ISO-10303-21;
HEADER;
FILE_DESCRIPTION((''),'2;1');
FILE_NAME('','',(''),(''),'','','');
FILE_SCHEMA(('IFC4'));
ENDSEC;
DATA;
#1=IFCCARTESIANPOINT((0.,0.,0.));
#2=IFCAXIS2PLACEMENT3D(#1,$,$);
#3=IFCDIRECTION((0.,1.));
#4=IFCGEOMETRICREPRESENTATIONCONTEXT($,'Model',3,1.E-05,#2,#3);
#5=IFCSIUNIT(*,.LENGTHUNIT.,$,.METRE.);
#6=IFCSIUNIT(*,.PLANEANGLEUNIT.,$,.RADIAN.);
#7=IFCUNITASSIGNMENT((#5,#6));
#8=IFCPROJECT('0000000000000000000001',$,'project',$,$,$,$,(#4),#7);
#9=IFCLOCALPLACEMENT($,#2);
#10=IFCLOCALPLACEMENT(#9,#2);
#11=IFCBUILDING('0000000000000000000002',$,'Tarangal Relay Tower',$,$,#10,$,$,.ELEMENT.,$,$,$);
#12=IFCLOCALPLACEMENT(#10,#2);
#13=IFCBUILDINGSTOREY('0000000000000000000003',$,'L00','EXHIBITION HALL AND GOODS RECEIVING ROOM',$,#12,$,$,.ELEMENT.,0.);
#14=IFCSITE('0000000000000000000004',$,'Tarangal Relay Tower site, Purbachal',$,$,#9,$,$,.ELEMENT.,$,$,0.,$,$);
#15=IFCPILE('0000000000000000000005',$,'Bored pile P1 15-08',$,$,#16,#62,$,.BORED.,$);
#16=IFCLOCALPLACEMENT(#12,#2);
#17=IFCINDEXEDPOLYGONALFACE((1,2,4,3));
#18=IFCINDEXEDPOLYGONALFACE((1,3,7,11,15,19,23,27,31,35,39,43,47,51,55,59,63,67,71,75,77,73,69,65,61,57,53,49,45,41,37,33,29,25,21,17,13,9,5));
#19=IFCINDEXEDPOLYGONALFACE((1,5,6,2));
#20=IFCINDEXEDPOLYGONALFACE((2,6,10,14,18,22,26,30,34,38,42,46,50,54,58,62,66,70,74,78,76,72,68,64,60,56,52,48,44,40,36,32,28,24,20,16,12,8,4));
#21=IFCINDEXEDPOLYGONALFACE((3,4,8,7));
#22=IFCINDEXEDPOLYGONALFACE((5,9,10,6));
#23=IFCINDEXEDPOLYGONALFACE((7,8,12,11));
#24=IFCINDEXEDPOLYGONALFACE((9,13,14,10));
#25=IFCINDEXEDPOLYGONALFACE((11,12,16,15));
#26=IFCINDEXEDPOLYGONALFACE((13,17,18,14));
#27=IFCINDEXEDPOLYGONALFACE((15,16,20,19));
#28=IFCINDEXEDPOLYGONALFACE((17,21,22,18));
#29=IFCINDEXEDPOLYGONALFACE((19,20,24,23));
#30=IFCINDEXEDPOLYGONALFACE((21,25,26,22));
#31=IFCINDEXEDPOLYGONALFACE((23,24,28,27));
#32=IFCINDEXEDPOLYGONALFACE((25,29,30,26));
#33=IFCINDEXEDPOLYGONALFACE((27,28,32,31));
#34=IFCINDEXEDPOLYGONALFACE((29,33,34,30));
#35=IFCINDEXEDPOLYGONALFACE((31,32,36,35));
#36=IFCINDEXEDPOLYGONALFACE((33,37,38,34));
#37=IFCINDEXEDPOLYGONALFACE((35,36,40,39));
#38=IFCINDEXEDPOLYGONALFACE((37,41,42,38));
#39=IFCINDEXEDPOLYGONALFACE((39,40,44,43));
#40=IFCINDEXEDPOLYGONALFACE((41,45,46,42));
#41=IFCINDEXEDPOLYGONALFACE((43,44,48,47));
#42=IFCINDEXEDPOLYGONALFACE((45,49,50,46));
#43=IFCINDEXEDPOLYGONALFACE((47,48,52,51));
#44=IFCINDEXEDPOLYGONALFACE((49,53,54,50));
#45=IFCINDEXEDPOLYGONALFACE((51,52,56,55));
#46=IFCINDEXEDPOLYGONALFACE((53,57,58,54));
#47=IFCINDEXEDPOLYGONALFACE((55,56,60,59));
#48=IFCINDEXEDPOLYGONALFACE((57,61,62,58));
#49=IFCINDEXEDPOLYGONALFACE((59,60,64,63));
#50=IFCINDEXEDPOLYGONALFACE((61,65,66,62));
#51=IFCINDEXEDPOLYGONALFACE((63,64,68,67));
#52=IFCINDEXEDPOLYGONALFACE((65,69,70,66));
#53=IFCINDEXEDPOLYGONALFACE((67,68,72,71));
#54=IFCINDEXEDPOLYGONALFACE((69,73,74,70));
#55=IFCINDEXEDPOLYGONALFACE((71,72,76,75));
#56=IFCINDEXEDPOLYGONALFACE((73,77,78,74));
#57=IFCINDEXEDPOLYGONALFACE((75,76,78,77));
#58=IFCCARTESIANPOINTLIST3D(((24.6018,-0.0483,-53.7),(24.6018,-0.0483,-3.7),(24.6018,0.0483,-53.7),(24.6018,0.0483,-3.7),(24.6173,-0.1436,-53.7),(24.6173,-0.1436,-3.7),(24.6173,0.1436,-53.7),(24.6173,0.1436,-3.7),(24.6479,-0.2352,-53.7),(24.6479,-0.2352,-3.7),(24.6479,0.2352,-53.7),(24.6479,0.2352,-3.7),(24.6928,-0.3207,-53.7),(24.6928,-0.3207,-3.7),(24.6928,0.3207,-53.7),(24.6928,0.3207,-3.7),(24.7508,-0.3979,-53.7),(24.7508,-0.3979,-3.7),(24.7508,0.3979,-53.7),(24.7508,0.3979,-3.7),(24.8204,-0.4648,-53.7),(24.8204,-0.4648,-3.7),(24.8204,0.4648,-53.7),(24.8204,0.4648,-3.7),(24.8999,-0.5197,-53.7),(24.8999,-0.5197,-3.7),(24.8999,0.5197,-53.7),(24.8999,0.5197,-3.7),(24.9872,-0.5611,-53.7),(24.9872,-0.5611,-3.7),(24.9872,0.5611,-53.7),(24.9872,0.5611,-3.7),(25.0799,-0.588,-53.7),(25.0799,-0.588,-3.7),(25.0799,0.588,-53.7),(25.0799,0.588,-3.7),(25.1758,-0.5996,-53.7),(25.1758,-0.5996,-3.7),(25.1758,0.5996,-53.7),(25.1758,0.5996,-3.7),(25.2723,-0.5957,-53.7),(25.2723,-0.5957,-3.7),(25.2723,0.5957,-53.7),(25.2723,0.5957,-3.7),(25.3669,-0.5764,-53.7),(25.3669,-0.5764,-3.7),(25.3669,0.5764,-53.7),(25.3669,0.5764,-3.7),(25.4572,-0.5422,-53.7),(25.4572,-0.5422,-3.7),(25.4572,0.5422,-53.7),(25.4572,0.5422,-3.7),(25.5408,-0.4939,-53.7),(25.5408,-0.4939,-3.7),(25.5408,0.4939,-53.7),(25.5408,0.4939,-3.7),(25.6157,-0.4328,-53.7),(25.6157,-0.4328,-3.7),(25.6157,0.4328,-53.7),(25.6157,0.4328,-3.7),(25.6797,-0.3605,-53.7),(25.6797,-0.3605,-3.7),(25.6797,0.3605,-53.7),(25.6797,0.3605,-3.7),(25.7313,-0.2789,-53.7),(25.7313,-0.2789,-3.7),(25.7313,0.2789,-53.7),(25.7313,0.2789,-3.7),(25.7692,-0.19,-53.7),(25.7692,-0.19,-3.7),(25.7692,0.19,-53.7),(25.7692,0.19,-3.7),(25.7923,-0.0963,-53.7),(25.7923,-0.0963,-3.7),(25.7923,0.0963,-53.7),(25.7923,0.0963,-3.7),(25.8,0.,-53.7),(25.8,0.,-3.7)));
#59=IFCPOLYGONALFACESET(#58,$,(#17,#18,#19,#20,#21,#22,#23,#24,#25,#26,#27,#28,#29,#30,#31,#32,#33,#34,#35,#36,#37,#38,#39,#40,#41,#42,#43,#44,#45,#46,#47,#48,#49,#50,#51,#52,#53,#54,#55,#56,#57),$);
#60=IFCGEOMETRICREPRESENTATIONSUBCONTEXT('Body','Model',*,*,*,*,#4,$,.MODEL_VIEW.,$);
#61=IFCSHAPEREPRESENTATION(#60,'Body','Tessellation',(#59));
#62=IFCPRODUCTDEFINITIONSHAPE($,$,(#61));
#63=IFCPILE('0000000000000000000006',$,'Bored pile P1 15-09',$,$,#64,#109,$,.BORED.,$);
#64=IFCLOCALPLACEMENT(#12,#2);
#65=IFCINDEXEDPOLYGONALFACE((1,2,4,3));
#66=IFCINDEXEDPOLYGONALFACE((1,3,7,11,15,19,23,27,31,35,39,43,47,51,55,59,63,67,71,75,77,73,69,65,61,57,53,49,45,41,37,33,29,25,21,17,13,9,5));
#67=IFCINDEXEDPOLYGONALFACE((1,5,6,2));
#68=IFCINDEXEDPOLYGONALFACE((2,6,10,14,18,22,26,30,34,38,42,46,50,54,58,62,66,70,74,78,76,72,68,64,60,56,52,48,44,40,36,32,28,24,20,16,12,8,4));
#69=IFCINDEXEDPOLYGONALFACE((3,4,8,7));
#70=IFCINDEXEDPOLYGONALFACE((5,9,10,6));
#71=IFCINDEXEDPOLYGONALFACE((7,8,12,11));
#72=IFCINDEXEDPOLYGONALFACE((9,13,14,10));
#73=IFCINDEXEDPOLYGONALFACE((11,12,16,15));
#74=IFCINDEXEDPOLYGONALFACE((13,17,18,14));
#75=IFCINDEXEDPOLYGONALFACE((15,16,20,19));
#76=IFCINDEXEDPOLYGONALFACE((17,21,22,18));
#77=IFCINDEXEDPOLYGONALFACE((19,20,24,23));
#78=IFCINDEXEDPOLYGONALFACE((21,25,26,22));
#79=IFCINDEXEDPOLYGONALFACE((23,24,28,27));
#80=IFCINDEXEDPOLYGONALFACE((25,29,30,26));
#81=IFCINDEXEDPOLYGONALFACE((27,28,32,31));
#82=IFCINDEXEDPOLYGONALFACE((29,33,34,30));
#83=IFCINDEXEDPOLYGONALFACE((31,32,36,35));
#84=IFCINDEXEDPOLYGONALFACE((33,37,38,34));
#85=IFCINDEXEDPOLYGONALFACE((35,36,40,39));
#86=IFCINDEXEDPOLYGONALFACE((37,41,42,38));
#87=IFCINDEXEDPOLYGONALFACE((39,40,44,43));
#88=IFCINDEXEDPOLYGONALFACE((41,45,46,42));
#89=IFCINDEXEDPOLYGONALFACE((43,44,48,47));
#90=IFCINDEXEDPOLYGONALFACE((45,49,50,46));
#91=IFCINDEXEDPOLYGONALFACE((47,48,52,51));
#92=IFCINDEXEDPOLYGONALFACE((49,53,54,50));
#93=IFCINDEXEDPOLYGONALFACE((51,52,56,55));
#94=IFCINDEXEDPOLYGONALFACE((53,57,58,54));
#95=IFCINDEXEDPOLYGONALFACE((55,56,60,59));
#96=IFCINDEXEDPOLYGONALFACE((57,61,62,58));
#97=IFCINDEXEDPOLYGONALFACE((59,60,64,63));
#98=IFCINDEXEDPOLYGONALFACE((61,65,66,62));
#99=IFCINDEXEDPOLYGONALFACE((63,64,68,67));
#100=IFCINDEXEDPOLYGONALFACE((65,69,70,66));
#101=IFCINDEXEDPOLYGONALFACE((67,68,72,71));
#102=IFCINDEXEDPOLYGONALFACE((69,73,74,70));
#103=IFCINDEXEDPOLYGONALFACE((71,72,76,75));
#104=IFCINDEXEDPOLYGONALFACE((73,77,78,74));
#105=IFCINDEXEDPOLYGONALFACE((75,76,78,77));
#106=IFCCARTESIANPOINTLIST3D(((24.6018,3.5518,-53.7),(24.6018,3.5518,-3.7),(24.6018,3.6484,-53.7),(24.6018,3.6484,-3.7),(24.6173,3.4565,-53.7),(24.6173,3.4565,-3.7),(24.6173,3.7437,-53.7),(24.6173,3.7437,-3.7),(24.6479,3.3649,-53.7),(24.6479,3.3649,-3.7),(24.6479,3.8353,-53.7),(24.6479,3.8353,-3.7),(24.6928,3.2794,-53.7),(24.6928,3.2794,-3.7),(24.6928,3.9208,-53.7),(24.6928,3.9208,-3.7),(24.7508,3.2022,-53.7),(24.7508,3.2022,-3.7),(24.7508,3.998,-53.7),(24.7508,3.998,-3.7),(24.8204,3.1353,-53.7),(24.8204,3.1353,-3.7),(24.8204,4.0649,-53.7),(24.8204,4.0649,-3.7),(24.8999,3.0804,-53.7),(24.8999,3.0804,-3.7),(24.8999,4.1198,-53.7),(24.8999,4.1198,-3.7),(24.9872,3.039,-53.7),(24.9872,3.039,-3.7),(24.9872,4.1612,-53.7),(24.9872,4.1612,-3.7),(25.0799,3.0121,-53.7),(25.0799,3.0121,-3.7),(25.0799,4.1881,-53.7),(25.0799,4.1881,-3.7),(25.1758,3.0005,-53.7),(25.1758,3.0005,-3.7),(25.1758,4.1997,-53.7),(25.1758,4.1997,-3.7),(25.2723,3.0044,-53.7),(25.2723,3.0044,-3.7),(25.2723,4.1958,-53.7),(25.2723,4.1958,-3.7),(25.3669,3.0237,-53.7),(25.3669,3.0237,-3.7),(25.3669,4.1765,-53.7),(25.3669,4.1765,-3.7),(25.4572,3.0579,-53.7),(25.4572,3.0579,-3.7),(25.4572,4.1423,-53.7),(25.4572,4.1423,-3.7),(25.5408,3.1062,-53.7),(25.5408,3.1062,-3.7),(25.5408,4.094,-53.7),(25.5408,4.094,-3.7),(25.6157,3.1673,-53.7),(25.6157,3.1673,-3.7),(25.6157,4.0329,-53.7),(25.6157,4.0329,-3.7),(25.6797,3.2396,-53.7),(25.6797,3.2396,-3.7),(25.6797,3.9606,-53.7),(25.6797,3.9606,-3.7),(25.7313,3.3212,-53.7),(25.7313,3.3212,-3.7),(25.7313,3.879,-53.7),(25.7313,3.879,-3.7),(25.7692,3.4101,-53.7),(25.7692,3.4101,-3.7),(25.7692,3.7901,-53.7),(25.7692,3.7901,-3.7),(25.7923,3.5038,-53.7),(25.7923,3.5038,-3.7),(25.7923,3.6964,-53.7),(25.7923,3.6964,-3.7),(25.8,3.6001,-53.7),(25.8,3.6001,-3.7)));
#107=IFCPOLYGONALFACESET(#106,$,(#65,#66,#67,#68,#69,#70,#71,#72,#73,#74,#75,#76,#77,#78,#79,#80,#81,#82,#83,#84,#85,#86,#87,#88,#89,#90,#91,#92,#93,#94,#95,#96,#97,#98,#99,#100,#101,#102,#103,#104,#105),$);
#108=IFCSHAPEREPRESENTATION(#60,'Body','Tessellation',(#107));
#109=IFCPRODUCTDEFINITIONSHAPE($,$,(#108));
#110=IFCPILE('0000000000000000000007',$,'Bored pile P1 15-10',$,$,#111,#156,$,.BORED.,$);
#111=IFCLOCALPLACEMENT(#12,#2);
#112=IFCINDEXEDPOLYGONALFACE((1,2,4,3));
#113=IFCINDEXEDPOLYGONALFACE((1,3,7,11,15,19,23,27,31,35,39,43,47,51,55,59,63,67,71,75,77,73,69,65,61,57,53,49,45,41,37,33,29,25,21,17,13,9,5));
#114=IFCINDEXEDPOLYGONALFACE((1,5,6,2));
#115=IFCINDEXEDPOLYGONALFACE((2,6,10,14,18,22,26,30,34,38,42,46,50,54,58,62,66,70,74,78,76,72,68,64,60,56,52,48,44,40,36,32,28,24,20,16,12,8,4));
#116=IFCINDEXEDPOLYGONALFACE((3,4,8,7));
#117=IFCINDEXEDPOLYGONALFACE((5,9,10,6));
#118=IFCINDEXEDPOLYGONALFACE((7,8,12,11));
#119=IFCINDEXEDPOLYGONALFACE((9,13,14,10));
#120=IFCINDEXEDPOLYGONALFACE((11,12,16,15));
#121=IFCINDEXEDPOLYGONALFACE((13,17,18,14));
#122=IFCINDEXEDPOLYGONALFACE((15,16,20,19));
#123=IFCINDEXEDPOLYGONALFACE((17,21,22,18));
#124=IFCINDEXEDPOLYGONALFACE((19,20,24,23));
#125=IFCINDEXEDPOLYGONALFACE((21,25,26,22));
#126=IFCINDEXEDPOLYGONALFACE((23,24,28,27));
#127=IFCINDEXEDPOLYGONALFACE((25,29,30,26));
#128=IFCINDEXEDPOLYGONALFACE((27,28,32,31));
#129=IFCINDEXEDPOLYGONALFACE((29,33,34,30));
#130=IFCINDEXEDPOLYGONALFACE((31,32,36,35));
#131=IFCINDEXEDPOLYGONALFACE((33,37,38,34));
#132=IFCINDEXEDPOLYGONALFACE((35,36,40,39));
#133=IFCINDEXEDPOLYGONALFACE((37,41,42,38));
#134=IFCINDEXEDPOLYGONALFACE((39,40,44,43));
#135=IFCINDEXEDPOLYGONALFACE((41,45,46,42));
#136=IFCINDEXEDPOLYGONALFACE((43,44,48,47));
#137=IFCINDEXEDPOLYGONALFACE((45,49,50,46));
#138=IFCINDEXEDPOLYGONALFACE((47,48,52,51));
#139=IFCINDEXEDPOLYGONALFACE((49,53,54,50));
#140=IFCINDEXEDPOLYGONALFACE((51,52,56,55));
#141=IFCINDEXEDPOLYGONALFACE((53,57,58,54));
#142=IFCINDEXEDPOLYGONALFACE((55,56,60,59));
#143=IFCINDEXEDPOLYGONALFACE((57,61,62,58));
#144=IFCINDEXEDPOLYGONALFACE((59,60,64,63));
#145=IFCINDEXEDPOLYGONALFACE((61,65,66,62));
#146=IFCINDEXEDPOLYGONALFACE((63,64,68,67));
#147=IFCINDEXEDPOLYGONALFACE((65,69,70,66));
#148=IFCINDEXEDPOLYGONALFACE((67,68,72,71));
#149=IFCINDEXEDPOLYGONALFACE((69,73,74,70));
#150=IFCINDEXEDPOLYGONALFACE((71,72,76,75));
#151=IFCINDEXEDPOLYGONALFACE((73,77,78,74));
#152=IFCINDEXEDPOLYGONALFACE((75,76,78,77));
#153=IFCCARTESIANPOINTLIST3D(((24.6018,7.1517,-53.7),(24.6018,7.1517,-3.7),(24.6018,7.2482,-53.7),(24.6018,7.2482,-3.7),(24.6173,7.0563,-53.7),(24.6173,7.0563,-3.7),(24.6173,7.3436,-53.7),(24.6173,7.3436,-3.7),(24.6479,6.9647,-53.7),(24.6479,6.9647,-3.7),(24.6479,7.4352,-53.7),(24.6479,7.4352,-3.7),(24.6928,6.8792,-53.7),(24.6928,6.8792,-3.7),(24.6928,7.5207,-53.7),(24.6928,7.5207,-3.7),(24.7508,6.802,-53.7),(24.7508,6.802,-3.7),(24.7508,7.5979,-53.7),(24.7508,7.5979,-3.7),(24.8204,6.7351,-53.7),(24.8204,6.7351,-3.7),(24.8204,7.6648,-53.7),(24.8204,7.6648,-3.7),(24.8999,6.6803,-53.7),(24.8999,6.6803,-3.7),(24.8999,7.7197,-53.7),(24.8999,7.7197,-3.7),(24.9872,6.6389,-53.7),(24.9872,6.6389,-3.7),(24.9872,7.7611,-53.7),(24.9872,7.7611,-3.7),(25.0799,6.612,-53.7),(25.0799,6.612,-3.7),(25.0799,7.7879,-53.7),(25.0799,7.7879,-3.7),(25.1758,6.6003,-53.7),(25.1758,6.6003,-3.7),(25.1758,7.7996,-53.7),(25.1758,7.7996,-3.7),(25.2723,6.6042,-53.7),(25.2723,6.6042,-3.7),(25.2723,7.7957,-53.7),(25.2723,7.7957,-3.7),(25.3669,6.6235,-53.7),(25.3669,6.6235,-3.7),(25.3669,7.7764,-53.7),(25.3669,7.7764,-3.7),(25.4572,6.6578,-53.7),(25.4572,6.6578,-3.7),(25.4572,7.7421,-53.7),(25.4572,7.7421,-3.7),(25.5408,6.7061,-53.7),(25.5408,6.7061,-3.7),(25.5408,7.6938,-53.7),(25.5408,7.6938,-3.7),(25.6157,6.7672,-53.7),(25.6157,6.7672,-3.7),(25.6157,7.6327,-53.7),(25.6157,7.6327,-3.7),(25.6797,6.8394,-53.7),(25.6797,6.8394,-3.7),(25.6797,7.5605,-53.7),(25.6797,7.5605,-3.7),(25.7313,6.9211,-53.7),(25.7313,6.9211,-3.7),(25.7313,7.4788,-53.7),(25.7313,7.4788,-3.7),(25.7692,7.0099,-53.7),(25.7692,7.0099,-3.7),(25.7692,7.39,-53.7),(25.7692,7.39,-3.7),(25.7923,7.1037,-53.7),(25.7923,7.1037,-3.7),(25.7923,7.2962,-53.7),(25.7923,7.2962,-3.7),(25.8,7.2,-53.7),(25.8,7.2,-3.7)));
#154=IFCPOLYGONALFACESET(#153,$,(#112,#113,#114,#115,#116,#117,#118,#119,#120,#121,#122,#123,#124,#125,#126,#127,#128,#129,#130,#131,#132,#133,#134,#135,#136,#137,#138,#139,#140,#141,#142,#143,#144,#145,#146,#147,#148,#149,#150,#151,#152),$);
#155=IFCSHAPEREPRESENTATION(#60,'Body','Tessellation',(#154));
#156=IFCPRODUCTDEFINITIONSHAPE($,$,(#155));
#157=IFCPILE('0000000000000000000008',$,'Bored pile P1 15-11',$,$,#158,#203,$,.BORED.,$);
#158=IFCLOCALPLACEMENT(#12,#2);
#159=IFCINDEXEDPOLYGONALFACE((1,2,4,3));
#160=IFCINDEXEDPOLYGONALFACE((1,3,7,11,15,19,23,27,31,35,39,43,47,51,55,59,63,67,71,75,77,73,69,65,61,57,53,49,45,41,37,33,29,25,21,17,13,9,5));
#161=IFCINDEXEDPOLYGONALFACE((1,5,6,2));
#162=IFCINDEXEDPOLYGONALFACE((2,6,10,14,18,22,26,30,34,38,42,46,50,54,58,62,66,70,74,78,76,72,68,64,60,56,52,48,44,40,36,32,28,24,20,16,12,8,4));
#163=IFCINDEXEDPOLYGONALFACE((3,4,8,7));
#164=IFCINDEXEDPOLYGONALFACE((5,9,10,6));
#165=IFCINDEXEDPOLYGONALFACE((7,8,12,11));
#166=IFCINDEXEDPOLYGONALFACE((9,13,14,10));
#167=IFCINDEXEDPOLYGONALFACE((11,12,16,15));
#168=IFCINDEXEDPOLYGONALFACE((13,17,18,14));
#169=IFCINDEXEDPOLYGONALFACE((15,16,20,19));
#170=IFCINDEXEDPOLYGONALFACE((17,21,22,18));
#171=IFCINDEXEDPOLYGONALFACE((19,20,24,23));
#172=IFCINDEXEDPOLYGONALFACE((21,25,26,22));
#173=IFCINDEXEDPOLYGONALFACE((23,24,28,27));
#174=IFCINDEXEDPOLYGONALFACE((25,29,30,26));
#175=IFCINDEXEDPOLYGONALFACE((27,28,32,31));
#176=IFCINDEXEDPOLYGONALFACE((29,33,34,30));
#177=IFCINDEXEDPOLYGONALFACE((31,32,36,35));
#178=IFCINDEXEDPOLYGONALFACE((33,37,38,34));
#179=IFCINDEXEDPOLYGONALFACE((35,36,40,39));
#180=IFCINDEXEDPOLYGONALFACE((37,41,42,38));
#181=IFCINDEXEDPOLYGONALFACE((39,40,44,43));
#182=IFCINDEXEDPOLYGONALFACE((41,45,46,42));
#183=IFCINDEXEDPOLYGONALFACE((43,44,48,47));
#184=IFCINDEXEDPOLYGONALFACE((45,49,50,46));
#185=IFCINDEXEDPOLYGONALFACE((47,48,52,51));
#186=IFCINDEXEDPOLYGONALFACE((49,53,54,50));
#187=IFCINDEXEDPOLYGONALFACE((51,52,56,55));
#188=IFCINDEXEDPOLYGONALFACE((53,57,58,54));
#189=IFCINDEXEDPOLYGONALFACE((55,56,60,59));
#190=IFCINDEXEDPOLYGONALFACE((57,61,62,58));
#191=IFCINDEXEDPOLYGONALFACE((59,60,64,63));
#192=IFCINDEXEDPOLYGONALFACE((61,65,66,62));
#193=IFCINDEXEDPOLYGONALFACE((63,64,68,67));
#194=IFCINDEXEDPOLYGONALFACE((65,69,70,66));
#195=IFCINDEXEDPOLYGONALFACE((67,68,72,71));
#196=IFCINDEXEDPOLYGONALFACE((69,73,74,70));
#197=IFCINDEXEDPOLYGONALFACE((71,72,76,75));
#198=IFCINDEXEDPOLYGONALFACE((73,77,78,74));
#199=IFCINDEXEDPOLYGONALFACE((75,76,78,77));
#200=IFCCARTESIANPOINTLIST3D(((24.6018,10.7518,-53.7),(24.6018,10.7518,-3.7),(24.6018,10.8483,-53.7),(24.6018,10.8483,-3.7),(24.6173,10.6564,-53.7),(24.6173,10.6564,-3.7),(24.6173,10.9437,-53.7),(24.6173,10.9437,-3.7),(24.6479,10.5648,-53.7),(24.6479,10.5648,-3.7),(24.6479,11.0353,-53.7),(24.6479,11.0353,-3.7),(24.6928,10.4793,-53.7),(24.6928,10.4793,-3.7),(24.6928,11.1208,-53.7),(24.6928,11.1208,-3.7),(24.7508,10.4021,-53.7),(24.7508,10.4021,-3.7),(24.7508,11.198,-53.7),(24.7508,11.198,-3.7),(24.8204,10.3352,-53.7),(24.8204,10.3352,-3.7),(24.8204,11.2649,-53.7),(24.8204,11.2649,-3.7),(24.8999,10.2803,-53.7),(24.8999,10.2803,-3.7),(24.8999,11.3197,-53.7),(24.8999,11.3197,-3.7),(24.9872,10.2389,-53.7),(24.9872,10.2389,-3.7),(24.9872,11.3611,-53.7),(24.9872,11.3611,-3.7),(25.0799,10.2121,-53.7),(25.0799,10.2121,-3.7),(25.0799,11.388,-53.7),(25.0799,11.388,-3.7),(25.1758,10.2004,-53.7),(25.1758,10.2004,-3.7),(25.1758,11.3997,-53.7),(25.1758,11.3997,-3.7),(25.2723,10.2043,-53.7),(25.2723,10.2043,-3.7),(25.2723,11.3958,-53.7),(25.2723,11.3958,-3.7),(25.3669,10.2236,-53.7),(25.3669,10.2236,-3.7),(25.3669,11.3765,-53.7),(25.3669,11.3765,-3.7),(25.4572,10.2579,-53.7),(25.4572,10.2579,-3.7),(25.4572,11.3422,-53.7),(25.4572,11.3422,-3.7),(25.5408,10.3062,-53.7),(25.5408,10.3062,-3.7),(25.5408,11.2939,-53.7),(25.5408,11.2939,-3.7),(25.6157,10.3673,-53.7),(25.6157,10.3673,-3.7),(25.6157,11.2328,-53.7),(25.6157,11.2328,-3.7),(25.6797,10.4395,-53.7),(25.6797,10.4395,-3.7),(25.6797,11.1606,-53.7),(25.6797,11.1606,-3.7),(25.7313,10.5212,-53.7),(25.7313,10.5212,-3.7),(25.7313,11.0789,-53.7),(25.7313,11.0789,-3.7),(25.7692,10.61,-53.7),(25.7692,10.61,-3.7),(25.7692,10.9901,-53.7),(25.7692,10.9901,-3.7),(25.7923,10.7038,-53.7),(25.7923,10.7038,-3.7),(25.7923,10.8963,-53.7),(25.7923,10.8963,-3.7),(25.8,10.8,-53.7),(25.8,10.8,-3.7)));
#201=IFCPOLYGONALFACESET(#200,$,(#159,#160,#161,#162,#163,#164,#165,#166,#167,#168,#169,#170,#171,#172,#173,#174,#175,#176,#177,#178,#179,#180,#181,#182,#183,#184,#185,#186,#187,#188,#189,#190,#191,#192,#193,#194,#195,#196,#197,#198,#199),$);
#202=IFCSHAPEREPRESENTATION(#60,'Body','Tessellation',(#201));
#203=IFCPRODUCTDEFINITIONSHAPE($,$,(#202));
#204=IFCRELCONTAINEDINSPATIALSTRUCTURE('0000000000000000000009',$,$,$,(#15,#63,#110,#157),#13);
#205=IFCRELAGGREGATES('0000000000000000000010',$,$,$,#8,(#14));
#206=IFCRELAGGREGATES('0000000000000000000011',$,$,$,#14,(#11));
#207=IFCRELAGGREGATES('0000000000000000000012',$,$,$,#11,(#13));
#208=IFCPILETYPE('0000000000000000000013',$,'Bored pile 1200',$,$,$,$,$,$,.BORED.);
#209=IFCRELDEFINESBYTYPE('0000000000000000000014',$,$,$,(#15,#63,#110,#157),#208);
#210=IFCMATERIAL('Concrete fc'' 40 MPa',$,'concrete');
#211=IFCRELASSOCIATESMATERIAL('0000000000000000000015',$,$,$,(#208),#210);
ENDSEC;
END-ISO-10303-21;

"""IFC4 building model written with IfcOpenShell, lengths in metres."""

from ifc_helpers import new_model, si_unit, direction, frame, origin, origin_2d, place, context, subcontext, project, spatial, circle, extrude, material, material_profile, profile_set, type_object, element, save


model = new_model("IFC4")

# Units and contexts
model_context = context("Model", 3, precision=1e-05, world=origin(), true_north=direction((0.0, 1.0)))
body_context = subcontext(model_context, "Body", "Model", "MODEL_VIEW")
ifc_project = project(units=[si_unit("LENGTHUNIT", "METRE"), si_unit("PLANEANGLEUNIT", "RADIAN")], contexts=[model_context])

# Site, building, storey
site_placement = place(None, origin())
site = spatial("IfcSite", under=ifc_project, at=site_placement, Name="Tarangal Relay Tower site, Purbachal", CompositionType="ELEMENT", RefElevation=0.0)
building_placement = place(site_placement, origin())
building = spatial("IfcBuilding", under=site, at=building_placement, Name="Tarangal Relay Tower", CompositionType="ELEMENT")
storey_placement = place(building_placement, origin())
storey = spatial("IfcBuildingStorey", under=building, at=storey_placement, Name="L00", Description="EXHIBITION HALL AND GOODS RECEIVING ROOM", CompositionType="ELEMENT", Elevation=0.0)

# Piles
ifc_material_1 = material(Name="Concrete fc' 40 MPa", Category="concrete")
ifc_material_profile_1 = material_profile(ifc_material_1, circle(Radius=0.6001, at=origin_2d()), Name="D1200")
ifc_profile_set_1 = profile_set([ifc_material_profile_1], Name="Concrete fc' 40 MPa")
pile_type_1 = type_object("IfcPileType", Name="Bored pile 1200", PredefinedType="BORED", material=ifc_profile_set_1)
for number, where, z_axis, x_axis, name in (
    (1, (25.2, 0.0, -3.7), (0.0, 0.0, -1.0), (1.0, 0.0, 0.0), "Bored pile P1 15-08"),
    (2, (25.2, 3.6001, -3.7), (0.0, 0.0, -1.0), (1.0, 0.0, 0.0), "Bored pile P1 15-09"),
    (3, (25.2, 7.2, -3.7), (0.0, 0.0, -1.0), (1.0, 0.0, 0.0), "Bored pile P1 15-10"),
    (4, (25.2, 10.8, -3.7), (0.0, 0.0, -1.0), (1.0, 0.0, 0.0), "Bored pile P1 15-11"),
):
    element("IfcPile", number, at=place(storey_placement, frame(where, z_axis=z_axis, x_axis=x_axis)), inside=storey, type_object=pile_type_1, Name=name, PredefinedType="BORED", context=body_context, shape_type="SweptSolid", body=[
        extrude(circle(Radius=0.6001, at=origin_2d()), origin(), (0.0, 0.0, 1.0), 50.0),
    ])

save(model, "model.ifc")
